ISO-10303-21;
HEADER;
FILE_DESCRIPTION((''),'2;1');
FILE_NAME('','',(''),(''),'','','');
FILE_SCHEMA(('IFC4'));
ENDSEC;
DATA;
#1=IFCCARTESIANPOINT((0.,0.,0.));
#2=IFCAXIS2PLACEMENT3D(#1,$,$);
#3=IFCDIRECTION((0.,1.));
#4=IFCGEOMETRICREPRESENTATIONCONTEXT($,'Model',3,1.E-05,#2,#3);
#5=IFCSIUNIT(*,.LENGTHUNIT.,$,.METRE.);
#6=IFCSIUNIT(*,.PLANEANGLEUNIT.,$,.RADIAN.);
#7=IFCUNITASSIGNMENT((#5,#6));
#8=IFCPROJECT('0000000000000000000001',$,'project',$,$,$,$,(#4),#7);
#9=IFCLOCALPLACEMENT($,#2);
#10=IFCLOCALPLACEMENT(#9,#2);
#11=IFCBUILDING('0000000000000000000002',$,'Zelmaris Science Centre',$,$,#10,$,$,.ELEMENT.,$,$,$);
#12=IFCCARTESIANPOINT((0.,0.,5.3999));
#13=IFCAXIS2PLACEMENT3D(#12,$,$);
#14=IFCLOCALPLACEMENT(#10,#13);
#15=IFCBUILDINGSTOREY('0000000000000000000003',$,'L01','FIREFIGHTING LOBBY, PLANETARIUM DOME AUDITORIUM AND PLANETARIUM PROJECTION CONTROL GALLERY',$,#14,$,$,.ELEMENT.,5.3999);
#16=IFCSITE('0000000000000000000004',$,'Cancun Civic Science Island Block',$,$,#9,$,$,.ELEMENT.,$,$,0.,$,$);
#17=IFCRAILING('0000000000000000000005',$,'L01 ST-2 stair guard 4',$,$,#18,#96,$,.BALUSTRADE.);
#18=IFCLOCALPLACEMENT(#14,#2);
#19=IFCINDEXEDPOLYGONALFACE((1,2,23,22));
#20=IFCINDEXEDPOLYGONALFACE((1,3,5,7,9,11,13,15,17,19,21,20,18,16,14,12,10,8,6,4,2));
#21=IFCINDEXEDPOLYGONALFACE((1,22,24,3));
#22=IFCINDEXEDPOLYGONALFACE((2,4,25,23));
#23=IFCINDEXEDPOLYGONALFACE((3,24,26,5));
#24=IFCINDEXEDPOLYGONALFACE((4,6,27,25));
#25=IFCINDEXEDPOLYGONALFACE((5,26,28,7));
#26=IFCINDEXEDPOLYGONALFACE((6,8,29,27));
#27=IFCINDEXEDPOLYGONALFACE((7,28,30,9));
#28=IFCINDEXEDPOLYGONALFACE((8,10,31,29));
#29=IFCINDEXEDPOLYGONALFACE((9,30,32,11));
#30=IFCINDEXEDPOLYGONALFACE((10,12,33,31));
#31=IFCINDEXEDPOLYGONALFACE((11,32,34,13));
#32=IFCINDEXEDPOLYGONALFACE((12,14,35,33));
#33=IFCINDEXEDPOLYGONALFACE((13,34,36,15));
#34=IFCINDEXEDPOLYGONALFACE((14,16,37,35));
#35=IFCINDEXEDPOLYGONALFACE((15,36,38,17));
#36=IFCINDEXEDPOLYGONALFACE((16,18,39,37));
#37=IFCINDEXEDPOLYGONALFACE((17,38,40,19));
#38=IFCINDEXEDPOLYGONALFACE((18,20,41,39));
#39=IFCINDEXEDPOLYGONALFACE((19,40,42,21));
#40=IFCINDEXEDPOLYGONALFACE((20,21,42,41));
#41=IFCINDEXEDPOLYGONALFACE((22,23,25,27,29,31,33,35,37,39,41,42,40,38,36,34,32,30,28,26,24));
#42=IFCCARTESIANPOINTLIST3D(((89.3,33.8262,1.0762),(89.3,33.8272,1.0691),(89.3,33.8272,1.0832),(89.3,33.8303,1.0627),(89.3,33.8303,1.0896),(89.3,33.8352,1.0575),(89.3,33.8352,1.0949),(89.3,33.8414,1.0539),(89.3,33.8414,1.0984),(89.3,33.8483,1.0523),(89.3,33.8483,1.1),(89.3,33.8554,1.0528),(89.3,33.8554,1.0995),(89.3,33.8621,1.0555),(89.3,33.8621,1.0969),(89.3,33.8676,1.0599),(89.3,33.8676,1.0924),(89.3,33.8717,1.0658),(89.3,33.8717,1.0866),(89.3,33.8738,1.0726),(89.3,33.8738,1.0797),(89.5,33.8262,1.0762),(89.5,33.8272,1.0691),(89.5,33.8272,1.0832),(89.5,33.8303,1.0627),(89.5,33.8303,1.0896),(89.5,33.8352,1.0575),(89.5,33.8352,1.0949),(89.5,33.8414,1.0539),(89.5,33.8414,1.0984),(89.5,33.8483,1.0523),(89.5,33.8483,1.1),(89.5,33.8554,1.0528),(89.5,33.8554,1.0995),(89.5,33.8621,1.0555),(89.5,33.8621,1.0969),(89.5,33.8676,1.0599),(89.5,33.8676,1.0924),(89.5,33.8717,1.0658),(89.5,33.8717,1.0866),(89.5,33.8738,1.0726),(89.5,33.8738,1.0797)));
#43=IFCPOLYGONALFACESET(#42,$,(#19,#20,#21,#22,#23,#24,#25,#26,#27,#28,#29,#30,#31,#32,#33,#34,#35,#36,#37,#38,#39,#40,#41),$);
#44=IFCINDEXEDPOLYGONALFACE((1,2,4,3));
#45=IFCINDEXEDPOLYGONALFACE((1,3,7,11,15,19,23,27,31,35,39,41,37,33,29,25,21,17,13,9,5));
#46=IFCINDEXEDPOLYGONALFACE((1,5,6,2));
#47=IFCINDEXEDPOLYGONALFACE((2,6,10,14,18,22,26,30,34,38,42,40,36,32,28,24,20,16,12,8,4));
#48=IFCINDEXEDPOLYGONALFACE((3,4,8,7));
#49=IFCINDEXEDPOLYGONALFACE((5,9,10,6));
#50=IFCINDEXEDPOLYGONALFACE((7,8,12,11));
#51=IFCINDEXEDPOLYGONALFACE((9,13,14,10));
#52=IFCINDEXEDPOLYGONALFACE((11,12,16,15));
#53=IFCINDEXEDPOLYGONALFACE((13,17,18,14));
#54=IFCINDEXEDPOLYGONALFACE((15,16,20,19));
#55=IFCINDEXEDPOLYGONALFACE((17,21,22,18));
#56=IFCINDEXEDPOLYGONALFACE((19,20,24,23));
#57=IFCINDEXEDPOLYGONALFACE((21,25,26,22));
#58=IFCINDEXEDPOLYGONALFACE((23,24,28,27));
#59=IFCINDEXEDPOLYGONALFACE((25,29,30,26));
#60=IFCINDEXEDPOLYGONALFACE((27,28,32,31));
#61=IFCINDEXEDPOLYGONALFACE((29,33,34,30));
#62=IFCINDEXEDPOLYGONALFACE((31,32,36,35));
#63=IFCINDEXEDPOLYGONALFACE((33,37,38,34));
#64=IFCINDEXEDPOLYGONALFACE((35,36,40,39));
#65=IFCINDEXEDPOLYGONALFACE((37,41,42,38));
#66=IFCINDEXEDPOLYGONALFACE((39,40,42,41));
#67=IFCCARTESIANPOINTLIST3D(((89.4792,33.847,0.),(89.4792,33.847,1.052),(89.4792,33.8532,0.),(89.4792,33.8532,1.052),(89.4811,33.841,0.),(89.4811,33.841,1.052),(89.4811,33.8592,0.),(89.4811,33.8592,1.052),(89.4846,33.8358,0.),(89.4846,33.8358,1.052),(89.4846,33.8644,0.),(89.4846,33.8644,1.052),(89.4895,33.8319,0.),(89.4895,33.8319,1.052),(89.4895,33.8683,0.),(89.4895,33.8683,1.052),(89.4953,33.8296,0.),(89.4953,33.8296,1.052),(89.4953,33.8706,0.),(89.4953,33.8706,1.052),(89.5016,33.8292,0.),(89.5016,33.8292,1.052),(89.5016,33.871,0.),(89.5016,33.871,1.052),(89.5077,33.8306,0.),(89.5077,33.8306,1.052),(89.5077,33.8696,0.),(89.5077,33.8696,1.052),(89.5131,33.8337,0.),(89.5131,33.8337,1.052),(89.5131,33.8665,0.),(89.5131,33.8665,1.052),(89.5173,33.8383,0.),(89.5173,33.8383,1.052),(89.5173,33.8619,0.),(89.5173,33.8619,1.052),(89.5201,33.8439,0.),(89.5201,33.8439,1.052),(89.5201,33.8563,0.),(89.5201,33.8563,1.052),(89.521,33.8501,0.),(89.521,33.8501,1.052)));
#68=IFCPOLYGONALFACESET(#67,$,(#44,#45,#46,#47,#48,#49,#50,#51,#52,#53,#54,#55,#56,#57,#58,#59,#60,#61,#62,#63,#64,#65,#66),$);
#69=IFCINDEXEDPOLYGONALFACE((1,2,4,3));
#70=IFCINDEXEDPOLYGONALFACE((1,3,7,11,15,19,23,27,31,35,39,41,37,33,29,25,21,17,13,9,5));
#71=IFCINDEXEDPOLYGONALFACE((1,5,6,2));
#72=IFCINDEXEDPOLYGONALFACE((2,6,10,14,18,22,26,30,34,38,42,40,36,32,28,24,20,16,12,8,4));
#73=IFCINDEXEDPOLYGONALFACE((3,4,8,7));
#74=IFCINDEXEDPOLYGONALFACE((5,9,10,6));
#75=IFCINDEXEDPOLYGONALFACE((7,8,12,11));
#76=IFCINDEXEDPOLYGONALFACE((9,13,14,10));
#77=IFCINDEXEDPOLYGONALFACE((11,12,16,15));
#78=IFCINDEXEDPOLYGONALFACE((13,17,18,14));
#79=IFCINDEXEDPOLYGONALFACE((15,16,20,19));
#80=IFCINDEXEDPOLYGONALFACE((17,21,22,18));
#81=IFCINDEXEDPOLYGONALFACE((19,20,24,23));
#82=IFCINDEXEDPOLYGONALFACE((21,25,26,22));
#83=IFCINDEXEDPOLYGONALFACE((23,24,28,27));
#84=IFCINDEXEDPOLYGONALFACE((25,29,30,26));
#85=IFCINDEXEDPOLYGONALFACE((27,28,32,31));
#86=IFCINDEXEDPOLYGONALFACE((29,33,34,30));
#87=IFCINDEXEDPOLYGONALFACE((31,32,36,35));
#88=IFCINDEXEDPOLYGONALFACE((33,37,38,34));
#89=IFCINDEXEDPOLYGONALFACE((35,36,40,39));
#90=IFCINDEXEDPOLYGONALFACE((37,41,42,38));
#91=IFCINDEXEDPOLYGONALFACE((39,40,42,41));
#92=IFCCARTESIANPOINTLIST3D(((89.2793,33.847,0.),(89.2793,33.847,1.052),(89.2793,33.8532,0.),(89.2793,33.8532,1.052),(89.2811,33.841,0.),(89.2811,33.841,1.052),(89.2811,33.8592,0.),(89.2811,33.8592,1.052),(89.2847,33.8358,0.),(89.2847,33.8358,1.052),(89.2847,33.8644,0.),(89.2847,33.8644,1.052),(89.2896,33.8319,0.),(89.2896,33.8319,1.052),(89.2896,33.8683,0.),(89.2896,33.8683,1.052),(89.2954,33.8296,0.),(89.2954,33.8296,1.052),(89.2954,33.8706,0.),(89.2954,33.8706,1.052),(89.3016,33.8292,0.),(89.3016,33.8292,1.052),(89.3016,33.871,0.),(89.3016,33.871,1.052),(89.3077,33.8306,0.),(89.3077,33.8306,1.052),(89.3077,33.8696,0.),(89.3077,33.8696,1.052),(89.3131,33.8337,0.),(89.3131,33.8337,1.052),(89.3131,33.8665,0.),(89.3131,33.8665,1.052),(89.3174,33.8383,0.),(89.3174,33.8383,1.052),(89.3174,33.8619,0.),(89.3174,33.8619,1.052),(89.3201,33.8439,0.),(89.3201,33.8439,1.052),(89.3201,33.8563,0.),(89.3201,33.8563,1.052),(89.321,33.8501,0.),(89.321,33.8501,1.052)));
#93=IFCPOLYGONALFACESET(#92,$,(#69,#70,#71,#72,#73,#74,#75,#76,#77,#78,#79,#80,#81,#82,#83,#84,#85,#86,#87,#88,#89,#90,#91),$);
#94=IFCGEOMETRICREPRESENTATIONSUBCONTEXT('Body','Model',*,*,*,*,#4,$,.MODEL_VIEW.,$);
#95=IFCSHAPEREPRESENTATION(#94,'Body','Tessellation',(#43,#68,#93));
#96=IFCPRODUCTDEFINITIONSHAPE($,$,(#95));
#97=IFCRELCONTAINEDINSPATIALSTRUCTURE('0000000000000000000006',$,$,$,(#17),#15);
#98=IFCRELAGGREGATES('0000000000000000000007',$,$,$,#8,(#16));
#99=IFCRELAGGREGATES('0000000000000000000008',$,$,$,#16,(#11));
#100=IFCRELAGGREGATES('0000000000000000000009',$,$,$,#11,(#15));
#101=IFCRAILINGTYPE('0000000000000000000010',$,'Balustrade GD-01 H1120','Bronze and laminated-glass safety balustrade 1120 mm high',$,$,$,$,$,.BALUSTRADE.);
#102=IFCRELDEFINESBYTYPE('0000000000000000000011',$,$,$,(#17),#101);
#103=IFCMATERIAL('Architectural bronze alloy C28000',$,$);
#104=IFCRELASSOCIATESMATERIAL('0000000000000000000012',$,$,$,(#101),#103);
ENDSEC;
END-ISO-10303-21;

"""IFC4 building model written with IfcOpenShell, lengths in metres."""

from ifc_helpers import new_model, si_unit, direction, frame, origin, origin_2d, place, context, subcontext, project, spatial, circle, extrude, material, type_object, element, save


model = new_model("IFC4")

# Units and contexts
model_context = context("Model", 3, precision=1e-05, world=origin(), true_north=direction((0.0, 1.0)))
body_context = subcontext(model_context, "Body", "Model", "MODEL_VIEW")
ifc_project = project(units=[si_unit("LENGTHUNIT", "METRE"), si_unit("PLANEANGLEUNIT", "RADIAN")], contexts=[model_context])

# Site, building, storey
site_placement = place(None, origin())
site = spatial("IfcSite", under=ifc_project, at=site_placement, Name="Cancun Civic Science Island Block", CompositionType="ELEMENT", RefElevation=0.0)
building_placement = place(site_placement, origin())
building = spatial("IfcBuilding", under=site, at=building_placement, Name="Zelmaris Science Centre", CompositionType="ELEMENT")
storey_placement = place(building_placement, frame((0.0, 0.0, 5.3999)))
storey = spatial("IfcBuildingStorey", under=building, at=storey_placement, Name="L01", Description="FIREFIGHTING LOBBY, PLANETARIUM DOME AUDITORIUM AND PLANETARIUM PROJECTION CONTROL GALLERY", CompositionType="ELEMENT", Elevation=5.3999)

# Railing
ifc_material_1 = material(Name="Architectural bronze alloy C28000")
railing_type_1 = type_object("IfcRailingType", Name="Balustrade GD-01 H1120", Description="Bronze and laminated-glass safety balustrade 1120 mm high", PredefinedType="BALUSTRADE", material=ifc_material_1)
railing_1_placement = place(storey_placement, frame((89.5, 33.8501, 0.0)))
element("IfcRailing", 1, at=railing_1_placement, inside=storey, type_object=railing_type_1, Name="L01 ST-2 stair guard 4", PredefinedType="BALUSTRADE", context=body_context, shape_type="SweptSolid", body=[
    extrude(circle(Radius=0.0239, at=origin_2d()), frame((0.0, 0.0, 1.0762), z_axis=(-1.0, 0.0, 0.0), x_axis=(0.0, -1.0, 0.0)), (0.0, 0.0, 1.0), 0.2),
    extrude(circle(Radius=0.021, at=origin_2d()), origin(), (0.0, 0.0, 1.0), 1.052),
    extrude(circle(Radius=0.021, at=origin_2d()), frame((-0.2, 0.0, 0.0)), (0.0, 0.0, 1.0), 1.052),
])

save(model, "model.ifc")
